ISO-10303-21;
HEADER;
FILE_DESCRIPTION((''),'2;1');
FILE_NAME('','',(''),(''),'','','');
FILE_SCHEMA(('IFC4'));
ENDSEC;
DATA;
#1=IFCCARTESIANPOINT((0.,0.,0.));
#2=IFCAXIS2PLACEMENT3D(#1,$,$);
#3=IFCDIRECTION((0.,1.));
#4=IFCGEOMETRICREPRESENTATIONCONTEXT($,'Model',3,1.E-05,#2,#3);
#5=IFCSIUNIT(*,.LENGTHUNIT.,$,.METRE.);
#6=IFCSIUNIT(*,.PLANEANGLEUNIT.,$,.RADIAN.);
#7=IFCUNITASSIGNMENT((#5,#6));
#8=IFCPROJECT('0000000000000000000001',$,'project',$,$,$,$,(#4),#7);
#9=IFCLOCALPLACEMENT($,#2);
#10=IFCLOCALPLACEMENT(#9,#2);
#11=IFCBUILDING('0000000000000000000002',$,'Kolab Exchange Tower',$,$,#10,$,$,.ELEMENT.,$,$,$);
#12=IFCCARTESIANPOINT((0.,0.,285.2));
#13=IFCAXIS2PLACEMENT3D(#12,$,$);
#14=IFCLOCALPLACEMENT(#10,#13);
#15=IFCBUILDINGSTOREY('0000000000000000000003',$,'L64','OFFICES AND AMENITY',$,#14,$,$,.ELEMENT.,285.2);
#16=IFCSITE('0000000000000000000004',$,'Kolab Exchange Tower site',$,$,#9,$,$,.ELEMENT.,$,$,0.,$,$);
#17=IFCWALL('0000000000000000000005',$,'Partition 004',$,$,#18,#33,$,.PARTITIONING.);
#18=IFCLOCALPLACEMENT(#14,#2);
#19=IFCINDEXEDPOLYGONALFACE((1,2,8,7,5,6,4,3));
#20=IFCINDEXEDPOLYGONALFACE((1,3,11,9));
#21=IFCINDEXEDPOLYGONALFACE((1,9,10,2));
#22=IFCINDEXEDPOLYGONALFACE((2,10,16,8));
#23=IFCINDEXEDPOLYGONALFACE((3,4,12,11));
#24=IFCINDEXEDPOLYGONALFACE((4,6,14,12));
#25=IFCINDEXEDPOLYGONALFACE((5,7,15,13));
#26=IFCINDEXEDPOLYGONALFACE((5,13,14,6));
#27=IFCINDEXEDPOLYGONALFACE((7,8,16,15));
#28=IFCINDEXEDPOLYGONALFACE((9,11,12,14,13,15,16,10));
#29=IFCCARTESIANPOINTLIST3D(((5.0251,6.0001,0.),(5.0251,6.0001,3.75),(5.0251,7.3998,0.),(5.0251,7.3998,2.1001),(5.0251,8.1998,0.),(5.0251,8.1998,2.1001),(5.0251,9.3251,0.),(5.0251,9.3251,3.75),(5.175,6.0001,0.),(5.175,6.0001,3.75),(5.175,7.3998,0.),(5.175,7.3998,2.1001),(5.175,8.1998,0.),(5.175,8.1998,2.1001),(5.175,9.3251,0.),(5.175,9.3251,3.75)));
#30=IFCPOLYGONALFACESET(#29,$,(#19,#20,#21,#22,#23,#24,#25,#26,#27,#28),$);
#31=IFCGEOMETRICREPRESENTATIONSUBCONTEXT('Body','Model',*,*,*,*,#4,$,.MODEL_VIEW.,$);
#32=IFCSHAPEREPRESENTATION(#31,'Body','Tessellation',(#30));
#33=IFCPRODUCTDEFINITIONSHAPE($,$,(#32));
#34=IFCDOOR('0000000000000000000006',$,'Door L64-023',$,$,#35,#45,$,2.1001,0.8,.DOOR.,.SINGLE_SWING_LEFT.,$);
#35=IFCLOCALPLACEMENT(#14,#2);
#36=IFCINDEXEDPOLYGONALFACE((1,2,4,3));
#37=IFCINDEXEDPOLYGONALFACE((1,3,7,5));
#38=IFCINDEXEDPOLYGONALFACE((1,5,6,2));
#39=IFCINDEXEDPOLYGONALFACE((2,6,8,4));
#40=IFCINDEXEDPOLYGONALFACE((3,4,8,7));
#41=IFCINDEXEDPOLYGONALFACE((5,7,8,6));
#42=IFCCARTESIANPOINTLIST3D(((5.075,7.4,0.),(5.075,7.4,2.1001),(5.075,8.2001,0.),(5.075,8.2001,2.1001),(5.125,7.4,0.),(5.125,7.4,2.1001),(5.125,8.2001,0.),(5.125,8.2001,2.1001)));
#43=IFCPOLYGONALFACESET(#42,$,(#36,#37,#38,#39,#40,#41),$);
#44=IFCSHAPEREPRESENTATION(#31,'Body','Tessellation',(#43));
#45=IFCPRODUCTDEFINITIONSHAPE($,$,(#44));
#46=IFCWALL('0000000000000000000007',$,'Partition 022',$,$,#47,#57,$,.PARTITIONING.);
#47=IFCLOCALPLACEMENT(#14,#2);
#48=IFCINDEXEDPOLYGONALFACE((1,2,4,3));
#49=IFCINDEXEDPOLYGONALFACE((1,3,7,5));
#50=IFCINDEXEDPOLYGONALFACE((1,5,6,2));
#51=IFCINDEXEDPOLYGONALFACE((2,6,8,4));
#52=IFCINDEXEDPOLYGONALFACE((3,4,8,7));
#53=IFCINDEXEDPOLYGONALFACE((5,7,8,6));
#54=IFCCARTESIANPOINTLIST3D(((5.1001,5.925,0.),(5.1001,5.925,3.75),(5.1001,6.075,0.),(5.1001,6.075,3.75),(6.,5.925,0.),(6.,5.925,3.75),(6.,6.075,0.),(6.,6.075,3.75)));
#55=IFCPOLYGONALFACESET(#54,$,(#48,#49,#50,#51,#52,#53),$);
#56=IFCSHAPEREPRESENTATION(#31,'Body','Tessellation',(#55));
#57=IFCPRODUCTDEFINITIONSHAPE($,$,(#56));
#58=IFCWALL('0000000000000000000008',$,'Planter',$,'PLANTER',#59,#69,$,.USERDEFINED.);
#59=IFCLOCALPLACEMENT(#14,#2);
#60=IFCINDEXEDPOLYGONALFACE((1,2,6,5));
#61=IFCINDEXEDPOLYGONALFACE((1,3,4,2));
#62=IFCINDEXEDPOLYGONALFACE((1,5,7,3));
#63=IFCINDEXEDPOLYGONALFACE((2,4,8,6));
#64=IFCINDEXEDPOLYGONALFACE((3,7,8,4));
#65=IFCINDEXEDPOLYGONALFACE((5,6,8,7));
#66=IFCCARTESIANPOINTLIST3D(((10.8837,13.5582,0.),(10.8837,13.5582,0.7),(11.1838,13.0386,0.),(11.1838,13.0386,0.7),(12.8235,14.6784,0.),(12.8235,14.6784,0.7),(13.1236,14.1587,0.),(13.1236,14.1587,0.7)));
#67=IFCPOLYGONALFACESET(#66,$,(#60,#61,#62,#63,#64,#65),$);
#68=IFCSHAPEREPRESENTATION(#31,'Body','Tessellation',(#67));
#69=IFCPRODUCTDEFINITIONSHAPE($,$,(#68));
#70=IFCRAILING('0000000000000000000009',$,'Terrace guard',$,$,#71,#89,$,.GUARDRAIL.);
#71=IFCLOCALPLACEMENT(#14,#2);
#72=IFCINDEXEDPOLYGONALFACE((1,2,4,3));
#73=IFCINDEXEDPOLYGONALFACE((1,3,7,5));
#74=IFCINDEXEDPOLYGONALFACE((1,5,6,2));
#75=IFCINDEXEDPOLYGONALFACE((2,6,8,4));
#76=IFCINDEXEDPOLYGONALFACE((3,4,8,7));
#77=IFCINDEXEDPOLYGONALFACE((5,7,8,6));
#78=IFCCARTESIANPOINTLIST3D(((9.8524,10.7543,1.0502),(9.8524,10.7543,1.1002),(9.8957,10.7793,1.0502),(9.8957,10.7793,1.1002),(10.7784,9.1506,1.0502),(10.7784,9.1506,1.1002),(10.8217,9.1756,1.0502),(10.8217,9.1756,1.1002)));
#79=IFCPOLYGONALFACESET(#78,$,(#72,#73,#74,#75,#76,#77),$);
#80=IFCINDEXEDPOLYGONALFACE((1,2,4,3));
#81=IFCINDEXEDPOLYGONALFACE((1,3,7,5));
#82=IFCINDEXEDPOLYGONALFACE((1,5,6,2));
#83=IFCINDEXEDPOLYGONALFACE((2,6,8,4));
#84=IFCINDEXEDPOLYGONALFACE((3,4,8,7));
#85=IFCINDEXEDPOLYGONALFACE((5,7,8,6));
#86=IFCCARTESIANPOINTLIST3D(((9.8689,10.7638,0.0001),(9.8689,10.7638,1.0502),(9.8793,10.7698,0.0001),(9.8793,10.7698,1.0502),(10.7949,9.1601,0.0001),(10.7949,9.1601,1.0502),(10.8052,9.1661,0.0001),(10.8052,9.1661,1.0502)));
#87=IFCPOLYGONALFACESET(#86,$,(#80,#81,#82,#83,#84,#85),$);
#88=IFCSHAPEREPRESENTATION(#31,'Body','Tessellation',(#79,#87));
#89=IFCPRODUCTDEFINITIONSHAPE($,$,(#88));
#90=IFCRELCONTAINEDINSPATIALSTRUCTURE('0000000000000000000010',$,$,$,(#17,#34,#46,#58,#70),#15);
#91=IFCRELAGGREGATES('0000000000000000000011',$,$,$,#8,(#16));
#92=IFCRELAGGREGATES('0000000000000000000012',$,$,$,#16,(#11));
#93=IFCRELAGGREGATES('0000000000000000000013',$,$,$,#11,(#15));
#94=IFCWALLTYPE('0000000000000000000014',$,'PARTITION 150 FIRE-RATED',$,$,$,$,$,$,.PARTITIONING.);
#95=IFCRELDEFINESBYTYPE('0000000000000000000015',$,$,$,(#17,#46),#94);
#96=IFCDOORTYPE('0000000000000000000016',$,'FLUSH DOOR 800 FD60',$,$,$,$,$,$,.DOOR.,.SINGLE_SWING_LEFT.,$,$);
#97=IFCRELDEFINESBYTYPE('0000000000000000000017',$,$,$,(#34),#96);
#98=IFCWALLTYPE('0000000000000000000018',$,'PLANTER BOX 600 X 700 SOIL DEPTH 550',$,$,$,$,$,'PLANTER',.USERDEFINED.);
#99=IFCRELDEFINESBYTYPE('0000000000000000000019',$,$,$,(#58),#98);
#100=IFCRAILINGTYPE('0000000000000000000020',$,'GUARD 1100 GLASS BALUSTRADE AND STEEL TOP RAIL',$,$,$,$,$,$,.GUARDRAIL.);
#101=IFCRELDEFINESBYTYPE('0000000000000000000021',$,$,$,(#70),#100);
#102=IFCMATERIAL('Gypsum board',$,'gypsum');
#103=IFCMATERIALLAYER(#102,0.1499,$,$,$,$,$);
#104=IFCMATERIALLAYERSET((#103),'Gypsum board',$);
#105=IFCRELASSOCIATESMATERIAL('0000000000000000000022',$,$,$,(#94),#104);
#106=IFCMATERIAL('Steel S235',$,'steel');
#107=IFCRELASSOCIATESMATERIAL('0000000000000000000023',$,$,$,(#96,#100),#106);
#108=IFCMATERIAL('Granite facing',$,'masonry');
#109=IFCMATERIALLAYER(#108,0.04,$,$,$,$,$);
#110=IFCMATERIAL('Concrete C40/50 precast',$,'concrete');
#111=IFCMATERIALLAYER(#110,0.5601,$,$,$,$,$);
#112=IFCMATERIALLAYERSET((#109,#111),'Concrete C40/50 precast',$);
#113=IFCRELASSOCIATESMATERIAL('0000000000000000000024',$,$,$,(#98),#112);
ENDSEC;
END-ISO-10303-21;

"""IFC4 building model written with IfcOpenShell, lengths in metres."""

from ifc_helpers import new_model, si_unit, direction, frame, frame_2d, origin, origin_2d, place, context, subcontext, project, spatial, rectangle, extrude, material, layer, layer_set, type_object, element, fill, save


model = new_model("IFC4")

# Units and contexts
model_context = context("Model", 3, precision=1e-05, world=origin(), true_north=direction((0.0, 1.0)))
body_context = subcontext(model_context, "Body", "Model", "MODEL_VIEW")
ifc_project = project(units=[si_unit("LENGTHUNIT", "METRE"), si_unit("PLANEANGLEUNIT", "RADIAN")], contexts=[model_context])

# Site, building, storey
site_placement = place(None, origin())
site = spatial("IfcSite", under=ifc_project, at=site_placement, Name="Kolab Exchange Tower site", CompositionType="ELEMENT", RefElevation=0.0)
building_placement = place(site_placement, origin())
building = spatial("IfcBuilding", under=site, at=building_placement, Name="Kolab Exchange Tower", CompositionType="ELEMENT")
storey_placement = place(building_placement, frame((0.0, 0.0, 285.2)))
storey = spatial("IfcBuildingStorey", under=building, at=storey_placement, Name="L64", Description="OFFICES AND AMENITY", CompositionType="ELEMENT", Elevation=285.2)

# Shared definitions
ifc_material_1 = material(Name="Gypsum board", Category="gypsum")

# Wall, opening, door
ifc_layer_1 = layer(ifc_material_1, 0.1499)
ifc_layer_set_1 = layer_set([ifc_layer_1], Name="Gypsum board")
wall_type_1 = type_object("IfcWallType", Name="PARTITION 150 FIRE-RATED", PredefinedType="PARTITIONING", material=ifc_layer_set_1)
wall_1_placement = place(storey_placement, frame((5.1001, 6.0, 0.0), z_axis=(0.0, 0.0, 1.0), x_axis=(0.0, 1.0, 0.0)))
wall_1 = element("IfcWall", 1, at=wall_1_placement, inside=storey, type_object=wall_type_1, Name="Partition 004", PredefinedType="PARTITIONING", context=body_context, shape_type="SweptSolid", body=[
    extrude(rectangle(XDim=3.325, YDim=0.1499, at=frame_2d((1.6626, 0.0))), origin(), (0.0, 0.0, 1.0), 3.75),
])
opening_1_placement = place(wall_1_placement, frame((1.3999, 0.0, 0.0)))
opening_1 = element("IfcOpeningElement", 2, at=opening_1_placement, cuts=wall_1, PredefinedType="OPENING", context=body_context, shape_type="SweptSolid", body=[
    extrude(rectangle(XDim=0.8, YDim=2.1001, at=frame_2d((0.3999, 1.05))), frame((0.0, 0.085, 0.0), z_axis=(0.0, -1.0, 0.0), x_axis=(1.0, 0.0, 0.0)), (0.0, 0.0, 1.0), 0.1699),
])
ifc_material_2 = material(Name="Steel S235", Category="steel")
door_type_1 = type_object("IfcDoorType", Name="FLUSH DOOR 800 FD60", OperationType="SINGLE_SWING_LEFT", PredefinedType="DOOR", material=ifc_material_2)
door_1_placement = place(opening_1_placement, frame((0.8, 0.0, 0.0), z_axis=(0.0, 0.0, 1.0), x_axis=(-1.0, 0.0, 0.0)))
door_1 = element("IfcDoor", 3, at=door_1_placement, inside=storey, type_object=door_type_1, Name="Door L64-023", OperationType="SINGLE_SWING_LEFT", OverallHeight=2.1001, OverallWidth=0.8, PredefinedType="DOOR", context=body_context, shape_type="SweptSolid", body=[
    extrude(rectangle(XDim=0.8, YDim=2.1001, at=frame_2d((0.3999, 1.05))), frame((0.0, 0.0249, 0.0), z_axis=(0.0, -1.0, 0.0), x_axis=(1.0, 0.0, 0.0)), (0.0, 0.0, 1.0), 0.05),
])
fill(opening_1, door_1)

# Walls
wall_2_placement = place(storey_placement, frame((5.1001, 6.0, 0.0), z_axis=(0.0, 0.0, 1.0), x_axis=(1.0, 0.0, 0.0)))
element("IfcWall", 4, at=wall_2_placement, inside=storey, type_object=wall_type_1, Name="Partition 022", PredefinedType="PARTITIONING", context=body_context, shape_type="SweptSolid", body=[
    extrude(rectangle(XDim=0.8999, YDim=0.1499, at=frame_2d((0.45, 0.0))), origin(), (0.0, 0.0, 1.0), 3.75),
])
ifc_material_3 = material(Name="Granite facing", Category="masonry")
ifc_layer_2 = layer(ifc_material_3, 0.04)
ifc_material_4 = material(Name="Concrete C40/50 precast", Category="concrete")
ifc_layer_3 = layer(ifc_material_4, 0.5601)
ifc_layer_set_2 = layer_set([ifc_layer_2, ifc_layer_3], Name="Concrete C40/50 precast")
wall_type_2 = type_object("IfcWallType", Name="PLANTER BOX 600 X 700 SOIL DEPTH 550", ElementType="PLANTER", PredefinedType="USERDEFINED", material=ifc_layer_set_2)
wall_3_placement = place(storey_placement, frame((11.0337, 13.2983, 0.0), z_axis=(0.0, 0.0, 1.0), x_axis=(0.86598, 0.500078, 0.0)))
element("IfcWall", 5, at=wall_3_placement, inside=storey, type_object=wall_type_2, Name="Planter", ObjectType="PLANTER", PredefinedType="USERDEFINED", context=body_context, shape_type="SweptSolid", body=[
    extrude(rectangle(XDim=2.24, YDim=0.6001, at=frame_2d((1.1201, 0.0))), origin(), (0.0, 0.0, 1.0), 0.7),
])

# Railing
railing_type = type_object("IfcRailingType", Name="GUARD 1100 GLASS BALUSTRADE AND STEEL TOP RAIL", PredefinedType="GUARDRAIL", material=ifc_material_2)
railing_placement = place(storey_placement, frame((10.8, 9.1631, 0.0)))
element("IfcRailing", 6, at=railing_placement, inside=storey, type_object=railing_type, Name="Terrace guard", PredefinedType="GUARDRAIL", context=body_context, shape_type="SweptSolid", body=[
    extrude(rectangle(XDim=0.05, YDim=0.05, at=origin_2d()), frame((0.0, 0.0, 1.0752), z_axis=(-0.500038, 0.866003, 0.0), x_axis=(-0.866003, -0.500038, 0.0)), (0.0, 0.0, 1.0), 1.8518),
    extrude(rectangle(XDim=0.012, YDim=1.0501, at=frame_2d((0.0, 0.5251))), frame((0.0, 0.0, 0.0), z_axis=(-0.500038, 0.866003, 0.0), x_axis=(-0.866003, -0.500038, 0.0)), (0.0, 0.0, 1.0), 1.8518),
])

save(model, "model.ifc")
